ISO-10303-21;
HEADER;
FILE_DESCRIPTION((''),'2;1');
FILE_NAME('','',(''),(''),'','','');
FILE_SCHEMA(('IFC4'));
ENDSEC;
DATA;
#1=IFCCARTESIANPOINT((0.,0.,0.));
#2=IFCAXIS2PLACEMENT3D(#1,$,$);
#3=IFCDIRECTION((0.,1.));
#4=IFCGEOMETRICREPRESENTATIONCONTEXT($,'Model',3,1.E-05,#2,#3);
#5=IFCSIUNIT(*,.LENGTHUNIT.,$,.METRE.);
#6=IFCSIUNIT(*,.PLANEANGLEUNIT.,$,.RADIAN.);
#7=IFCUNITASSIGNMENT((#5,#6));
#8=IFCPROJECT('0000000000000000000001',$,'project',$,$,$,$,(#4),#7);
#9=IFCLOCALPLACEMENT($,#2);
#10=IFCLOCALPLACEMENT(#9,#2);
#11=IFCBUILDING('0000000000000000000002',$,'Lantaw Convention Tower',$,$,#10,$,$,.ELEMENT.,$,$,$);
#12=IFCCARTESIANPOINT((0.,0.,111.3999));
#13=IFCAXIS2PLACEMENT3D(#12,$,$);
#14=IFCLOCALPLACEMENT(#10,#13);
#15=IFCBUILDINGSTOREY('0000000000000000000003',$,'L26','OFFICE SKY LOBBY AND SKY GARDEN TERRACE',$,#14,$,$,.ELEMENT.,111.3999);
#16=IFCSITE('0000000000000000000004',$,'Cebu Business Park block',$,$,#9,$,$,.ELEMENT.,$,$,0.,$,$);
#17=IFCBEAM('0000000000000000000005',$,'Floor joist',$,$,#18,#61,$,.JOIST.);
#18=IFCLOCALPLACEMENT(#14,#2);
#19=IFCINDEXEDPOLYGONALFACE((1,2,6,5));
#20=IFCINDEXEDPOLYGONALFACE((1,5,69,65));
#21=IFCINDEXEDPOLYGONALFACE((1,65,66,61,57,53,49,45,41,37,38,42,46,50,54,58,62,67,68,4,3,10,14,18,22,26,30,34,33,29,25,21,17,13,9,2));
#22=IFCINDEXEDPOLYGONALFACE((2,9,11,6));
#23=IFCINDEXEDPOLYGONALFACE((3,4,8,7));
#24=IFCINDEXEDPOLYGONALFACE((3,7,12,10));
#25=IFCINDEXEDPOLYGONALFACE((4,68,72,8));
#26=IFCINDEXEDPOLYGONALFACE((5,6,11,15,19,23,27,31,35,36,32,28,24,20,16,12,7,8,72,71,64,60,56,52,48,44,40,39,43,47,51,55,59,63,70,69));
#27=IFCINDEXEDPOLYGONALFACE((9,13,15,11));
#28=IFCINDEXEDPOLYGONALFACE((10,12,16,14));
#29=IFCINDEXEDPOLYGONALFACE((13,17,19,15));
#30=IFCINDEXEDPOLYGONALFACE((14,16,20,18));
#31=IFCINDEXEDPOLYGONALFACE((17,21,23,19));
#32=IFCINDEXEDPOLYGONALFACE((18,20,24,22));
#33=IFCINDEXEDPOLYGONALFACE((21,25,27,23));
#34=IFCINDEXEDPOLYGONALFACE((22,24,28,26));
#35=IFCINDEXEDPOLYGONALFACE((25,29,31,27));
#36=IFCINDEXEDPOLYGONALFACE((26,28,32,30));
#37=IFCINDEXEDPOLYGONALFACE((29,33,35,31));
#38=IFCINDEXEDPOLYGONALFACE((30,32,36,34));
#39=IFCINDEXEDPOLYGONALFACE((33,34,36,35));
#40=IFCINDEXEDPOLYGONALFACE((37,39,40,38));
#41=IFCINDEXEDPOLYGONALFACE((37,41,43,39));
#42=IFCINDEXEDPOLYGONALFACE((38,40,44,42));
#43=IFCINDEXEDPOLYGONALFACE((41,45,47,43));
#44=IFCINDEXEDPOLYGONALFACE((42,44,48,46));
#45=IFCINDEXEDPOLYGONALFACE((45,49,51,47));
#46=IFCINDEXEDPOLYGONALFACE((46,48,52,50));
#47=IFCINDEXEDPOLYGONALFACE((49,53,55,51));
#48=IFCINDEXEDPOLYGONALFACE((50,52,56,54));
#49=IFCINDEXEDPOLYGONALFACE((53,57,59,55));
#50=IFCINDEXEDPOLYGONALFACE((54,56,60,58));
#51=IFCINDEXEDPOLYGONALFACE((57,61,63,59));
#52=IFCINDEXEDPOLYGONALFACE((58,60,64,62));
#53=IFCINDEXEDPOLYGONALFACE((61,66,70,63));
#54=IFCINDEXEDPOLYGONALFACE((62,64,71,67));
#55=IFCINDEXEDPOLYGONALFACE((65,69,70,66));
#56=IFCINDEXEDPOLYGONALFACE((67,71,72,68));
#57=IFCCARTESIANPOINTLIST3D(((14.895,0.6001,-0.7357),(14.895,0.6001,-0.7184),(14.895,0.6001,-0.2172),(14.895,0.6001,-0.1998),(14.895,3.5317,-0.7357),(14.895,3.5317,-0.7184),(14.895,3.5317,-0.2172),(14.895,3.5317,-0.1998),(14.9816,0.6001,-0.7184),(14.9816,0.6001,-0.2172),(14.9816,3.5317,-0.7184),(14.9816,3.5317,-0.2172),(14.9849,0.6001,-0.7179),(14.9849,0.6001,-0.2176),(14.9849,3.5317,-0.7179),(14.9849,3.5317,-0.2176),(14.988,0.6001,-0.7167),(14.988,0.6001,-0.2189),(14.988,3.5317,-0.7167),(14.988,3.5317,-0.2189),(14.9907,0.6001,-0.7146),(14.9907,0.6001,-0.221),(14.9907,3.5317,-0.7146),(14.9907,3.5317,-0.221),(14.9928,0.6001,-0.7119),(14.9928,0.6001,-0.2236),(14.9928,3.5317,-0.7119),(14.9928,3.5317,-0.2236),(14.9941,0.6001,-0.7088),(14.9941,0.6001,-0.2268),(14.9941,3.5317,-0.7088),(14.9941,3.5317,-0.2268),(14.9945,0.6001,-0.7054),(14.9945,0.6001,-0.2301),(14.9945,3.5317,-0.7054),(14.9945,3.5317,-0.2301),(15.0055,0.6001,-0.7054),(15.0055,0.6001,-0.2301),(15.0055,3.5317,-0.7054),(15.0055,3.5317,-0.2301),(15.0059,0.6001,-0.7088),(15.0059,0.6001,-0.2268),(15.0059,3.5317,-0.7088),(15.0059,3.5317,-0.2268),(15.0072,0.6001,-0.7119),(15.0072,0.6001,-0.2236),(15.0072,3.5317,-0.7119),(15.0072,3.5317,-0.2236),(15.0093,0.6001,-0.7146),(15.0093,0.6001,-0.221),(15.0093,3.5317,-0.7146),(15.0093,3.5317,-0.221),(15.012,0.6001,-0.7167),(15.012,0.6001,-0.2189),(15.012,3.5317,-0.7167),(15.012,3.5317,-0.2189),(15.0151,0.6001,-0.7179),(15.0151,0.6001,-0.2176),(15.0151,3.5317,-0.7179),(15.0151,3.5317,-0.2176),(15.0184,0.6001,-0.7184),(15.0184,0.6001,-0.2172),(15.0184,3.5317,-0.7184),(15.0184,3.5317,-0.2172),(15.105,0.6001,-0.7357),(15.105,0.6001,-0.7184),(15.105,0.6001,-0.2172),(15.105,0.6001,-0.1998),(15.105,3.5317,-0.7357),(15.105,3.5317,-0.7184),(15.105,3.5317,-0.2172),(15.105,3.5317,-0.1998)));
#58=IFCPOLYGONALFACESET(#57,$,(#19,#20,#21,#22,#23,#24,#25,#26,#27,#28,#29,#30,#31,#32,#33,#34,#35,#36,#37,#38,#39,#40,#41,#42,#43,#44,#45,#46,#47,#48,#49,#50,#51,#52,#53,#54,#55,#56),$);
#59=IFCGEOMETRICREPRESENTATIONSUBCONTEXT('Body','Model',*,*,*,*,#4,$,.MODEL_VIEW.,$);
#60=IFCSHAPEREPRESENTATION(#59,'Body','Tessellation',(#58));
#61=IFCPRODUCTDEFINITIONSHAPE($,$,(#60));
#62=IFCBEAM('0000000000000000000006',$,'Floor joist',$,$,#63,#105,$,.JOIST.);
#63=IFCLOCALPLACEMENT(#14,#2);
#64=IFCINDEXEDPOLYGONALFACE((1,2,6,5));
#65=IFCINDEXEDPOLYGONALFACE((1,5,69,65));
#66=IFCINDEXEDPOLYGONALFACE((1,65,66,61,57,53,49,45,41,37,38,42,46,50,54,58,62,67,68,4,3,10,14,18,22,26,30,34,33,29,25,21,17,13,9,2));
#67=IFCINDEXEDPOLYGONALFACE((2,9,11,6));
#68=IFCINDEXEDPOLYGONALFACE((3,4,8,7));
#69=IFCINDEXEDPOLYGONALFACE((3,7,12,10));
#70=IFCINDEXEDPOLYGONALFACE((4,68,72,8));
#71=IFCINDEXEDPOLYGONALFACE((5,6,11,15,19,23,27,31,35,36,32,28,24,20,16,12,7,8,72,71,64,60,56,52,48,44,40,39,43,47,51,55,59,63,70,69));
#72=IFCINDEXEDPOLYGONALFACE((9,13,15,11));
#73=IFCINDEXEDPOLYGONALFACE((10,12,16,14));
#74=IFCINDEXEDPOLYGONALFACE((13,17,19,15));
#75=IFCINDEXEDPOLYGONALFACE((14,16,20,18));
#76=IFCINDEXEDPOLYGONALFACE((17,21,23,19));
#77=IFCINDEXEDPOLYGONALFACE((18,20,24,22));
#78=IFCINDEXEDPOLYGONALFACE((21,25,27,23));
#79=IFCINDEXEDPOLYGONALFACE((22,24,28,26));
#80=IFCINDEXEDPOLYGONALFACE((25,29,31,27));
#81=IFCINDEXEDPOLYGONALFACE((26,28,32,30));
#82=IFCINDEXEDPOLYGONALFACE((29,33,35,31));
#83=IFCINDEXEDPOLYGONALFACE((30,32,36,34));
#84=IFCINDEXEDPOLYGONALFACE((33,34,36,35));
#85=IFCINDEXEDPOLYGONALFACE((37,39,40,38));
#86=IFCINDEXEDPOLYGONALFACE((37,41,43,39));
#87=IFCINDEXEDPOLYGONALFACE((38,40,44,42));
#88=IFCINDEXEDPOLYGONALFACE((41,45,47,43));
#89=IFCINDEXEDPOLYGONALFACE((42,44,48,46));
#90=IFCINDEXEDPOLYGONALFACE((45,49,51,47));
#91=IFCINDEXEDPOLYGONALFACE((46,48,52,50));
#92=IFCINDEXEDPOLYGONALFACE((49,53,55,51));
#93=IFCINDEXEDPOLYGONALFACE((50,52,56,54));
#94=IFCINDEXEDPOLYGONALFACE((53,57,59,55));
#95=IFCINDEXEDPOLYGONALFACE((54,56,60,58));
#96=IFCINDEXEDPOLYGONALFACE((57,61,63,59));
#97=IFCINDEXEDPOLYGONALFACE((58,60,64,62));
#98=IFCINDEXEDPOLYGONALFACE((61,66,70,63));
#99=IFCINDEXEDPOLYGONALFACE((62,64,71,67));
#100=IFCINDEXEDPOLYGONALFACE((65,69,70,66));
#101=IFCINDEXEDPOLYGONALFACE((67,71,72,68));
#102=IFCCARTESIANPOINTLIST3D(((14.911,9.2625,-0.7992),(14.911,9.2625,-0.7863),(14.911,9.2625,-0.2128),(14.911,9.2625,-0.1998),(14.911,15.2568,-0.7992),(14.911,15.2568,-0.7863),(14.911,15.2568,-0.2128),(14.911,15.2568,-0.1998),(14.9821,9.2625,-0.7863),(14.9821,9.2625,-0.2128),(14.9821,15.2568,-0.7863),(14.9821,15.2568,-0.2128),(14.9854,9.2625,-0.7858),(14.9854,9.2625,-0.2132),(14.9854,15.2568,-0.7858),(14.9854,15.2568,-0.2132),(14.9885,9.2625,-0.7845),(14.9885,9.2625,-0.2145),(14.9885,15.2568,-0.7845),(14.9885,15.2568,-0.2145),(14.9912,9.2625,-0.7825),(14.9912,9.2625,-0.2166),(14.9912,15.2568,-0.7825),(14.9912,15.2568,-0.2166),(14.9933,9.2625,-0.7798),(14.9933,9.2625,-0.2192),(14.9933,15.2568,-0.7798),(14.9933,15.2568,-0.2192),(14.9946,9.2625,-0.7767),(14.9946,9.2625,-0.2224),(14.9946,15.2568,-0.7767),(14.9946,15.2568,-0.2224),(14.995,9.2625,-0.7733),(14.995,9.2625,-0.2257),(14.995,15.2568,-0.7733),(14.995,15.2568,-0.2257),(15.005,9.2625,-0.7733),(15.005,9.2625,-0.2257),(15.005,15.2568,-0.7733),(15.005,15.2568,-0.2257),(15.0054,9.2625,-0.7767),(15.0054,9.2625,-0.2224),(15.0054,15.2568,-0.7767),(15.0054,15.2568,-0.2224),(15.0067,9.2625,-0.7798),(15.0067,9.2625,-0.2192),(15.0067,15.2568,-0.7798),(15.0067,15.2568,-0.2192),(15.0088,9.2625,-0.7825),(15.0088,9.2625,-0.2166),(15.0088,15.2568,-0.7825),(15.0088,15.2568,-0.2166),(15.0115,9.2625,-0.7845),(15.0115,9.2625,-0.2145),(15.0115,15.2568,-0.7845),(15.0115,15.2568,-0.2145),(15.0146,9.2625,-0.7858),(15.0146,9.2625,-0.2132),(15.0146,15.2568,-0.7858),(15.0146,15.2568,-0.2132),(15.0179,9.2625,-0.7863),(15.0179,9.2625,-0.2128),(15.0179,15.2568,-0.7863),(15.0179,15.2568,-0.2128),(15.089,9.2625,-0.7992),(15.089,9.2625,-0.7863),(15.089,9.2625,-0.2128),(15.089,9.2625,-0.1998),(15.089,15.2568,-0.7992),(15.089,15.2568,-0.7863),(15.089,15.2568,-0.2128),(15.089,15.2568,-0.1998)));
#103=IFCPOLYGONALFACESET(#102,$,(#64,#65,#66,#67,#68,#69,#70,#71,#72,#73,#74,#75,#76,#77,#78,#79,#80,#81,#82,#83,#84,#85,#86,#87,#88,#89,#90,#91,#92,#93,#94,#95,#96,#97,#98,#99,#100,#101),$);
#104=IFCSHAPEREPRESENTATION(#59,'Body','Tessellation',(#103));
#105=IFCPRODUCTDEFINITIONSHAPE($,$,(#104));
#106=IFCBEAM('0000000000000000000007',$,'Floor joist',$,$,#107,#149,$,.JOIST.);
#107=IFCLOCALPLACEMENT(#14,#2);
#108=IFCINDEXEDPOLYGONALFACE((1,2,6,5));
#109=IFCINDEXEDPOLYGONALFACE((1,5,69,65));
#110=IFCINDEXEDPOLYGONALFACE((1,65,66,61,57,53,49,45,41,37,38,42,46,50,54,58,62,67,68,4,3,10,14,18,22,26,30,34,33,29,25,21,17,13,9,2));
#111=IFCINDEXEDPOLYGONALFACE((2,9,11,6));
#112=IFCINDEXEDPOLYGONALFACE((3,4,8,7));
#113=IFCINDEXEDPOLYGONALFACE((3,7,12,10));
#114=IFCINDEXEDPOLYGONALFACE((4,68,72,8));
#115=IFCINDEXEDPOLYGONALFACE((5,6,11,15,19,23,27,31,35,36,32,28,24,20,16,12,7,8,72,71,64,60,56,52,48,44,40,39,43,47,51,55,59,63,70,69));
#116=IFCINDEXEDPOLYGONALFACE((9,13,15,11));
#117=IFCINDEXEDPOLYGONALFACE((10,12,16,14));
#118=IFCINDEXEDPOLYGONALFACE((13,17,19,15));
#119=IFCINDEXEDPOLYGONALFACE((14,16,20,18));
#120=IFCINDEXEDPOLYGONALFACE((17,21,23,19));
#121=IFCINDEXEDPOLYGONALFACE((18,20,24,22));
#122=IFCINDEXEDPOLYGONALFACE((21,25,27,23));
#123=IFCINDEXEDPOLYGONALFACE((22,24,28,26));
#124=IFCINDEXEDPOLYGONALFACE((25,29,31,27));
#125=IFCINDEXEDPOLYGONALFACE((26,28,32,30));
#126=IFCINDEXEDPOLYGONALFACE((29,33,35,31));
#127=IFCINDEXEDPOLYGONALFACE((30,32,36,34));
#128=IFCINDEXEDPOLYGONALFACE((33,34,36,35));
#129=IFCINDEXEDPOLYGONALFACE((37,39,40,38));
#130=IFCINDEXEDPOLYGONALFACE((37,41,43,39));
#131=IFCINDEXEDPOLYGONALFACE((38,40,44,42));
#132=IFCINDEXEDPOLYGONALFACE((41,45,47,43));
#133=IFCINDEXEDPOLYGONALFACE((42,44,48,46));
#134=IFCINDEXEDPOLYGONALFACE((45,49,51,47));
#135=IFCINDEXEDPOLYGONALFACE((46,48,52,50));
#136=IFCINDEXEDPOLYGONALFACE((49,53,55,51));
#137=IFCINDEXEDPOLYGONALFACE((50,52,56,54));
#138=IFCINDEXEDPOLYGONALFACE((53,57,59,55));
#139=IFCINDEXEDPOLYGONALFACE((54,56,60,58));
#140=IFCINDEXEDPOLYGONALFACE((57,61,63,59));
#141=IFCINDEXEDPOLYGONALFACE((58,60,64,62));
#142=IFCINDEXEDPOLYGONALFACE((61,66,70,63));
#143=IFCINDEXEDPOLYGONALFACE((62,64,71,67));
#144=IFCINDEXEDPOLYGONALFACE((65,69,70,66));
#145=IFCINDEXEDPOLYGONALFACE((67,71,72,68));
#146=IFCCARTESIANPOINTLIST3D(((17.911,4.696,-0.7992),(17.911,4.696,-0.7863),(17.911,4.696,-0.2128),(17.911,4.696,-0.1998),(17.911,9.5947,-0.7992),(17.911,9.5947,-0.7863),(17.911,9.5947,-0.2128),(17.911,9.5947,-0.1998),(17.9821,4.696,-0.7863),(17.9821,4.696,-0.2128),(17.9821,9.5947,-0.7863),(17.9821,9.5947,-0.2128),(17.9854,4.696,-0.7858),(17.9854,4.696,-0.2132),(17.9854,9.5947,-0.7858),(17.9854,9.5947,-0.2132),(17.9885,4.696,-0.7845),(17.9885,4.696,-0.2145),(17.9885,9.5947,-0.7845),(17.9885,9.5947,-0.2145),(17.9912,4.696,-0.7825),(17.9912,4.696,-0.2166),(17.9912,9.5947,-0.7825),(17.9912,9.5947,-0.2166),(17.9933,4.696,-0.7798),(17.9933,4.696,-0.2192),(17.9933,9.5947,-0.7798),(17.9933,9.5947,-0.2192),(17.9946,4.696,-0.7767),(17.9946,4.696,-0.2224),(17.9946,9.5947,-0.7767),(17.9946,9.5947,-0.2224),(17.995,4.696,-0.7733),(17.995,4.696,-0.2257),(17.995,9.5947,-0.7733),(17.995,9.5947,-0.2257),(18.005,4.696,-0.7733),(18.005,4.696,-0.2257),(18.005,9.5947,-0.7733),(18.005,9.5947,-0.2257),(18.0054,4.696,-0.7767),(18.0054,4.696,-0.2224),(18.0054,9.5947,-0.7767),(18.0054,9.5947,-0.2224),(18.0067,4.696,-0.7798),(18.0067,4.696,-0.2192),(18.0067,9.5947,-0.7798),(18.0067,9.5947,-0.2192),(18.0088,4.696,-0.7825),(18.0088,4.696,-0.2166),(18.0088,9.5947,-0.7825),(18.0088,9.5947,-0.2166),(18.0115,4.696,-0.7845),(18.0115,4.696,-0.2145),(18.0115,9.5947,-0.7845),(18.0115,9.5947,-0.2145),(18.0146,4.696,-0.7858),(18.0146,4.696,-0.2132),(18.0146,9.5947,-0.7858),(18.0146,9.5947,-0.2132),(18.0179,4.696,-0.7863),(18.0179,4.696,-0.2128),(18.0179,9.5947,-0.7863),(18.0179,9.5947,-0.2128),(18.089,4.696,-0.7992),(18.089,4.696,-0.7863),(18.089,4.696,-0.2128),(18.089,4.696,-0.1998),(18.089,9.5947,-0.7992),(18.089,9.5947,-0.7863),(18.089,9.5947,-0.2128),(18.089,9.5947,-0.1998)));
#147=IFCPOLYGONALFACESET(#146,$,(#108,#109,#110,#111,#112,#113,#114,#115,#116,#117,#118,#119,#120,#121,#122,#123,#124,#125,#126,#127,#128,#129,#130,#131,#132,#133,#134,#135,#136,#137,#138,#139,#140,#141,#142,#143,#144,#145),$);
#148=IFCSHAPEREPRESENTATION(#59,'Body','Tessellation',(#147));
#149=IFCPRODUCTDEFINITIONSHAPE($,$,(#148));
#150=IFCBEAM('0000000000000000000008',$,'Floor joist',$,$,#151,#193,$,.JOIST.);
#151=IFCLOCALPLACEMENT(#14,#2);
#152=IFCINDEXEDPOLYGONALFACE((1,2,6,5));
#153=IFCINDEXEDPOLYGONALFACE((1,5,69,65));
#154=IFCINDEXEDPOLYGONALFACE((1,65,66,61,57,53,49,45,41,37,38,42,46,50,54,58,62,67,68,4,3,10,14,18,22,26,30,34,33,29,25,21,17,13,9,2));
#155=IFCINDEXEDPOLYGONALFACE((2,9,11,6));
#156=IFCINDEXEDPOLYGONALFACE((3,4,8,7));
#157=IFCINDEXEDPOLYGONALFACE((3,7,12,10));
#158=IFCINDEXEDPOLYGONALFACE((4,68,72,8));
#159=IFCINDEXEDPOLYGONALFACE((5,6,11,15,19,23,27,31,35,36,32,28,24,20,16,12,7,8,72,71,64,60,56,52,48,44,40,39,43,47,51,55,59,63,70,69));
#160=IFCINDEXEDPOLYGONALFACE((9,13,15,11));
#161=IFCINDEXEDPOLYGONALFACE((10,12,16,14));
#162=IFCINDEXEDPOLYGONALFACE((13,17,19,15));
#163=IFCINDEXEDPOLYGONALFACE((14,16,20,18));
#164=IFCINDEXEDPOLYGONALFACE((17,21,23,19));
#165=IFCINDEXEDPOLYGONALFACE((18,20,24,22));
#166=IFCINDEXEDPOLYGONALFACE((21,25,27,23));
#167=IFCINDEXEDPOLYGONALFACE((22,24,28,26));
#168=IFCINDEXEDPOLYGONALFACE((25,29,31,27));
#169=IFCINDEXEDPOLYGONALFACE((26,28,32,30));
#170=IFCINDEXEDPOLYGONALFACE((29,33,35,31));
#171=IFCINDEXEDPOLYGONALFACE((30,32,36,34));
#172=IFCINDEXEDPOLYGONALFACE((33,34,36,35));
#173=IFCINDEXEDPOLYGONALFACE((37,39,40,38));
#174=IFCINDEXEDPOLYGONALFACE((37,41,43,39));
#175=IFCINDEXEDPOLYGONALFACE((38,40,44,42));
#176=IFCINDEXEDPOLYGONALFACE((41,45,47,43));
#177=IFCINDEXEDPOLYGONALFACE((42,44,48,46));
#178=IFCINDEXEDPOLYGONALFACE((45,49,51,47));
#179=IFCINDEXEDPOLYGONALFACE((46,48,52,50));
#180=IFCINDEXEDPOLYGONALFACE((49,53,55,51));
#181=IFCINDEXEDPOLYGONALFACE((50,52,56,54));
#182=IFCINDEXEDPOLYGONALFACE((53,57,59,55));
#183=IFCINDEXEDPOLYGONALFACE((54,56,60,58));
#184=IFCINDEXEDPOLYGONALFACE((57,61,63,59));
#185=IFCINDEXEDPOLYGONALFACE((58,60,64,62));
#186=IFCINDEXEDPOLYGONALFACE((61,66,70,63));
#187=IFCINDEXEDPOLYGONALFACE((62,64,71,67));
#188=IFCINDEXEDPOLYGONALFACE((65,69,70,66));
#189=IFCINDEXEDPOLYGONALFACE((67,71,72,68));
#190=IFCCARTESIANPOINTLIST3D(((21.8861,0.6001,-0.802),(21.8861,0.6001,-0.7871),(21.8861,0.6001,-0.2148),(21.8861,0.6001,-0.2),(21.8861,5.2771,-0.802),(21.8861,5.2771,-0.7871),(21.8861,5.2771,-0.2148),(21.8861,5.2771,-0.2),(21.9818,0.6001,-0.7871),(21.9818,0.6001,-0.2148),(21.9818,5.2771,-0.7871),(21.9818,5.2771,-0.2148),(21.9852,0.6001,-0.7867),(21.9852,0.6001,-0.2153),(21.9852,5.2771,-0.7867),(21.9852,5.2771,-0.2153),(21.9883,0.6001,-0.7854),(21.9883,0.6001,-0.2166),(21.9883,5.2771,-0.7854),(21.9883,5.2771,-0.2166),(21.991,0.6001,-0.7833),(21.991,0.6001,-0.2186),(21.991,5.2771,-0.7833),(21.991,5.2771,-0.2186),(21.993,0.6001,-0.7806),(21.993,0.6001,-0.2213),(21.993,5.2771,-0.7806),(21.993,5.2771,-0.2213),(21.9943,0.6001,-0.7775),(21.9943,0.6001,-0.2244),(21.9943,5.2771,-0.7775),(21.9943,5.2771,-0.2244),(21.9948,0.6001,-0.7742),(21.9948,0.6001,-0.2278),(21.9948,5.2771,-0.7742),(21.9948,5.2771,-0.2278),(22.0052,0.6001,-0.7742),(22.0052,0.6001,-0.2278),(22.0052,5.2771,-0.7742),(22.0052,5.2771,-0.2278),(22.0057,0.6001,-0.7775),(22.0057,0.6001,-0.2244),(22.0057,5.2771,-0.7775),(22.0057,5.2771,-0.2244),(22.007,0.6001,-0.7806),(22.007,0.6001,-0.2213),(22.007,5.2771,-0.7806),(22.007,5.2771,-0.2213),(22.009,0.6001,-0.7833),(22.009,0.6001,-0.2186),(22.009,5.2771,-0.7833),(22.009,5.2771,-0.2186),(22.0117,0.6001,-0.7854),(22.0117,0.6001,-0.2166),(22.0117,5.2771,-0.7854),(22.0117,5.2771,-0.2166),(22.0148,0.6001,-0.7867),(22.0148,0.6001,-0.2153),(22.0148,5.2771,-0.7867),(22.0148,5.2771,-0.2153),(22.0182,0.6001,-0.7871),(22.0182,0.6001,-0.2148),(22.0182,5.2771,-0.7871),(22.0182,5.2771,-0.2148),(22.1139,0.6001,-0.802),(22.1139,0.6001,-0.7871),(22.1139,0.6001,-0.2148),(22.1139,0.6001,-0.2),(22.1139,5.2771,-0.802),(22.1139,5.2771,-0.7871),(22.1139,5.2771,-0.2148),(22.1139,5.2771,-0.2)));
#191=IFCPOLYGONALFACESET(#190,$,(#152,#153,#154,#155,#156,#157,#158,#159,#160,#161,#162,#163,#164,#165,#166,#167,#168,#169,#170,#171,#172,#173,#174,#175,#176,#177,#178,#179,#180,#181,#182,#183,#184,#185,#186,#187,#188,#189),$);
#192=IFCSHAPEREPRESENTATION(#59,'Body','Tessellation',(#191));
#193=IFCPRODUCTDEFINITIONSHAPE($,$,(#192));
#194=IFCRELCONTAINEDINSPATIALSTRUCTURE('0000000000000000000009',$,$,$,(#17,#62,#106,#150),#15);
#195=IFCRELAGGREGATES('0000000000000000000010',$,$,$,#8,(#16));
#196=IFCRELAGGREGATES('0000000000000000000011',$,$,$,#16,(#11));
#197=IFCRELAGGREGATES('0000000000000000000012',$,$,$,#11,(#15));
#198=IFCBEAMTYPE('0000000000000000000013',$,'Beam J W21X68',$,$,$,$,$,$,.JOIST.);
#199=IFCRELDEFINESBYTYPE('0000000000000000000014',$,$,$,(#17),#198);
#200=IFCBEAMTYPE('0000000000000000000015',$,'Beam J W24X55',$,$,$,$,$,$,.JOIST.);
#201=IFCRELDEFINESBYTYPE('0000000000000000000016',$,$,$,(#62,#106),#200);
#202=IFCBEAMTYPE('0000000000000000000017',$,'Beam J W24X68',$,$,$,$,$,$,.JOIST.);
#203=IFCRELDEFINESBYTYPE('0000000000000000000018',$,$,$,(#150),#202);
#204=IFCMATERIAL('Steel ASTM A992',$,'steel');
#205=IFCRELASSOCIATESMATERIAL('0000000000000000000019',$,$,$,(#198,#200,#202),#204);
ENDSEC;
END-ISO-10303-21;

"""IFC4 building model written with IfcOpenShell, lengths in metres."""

from ifc_helpers import new_model, si_unit, direction, frame, origin, origin_2d, place, context, subcontext, project, spatial, i_section, extrude, material, material_profile, profile_set, type_object, element, save


model = new_model("IFC4")

# Units and contexts
model_context = context("Model", 3, precision=1e-05, world=origin(), true_north=direction((0.0, 1.0)))
body_context = subcontext(model_context, "Body", "Model", "MODEL_VIEW")
ifc_project = project(units=[si_unit("LENGTHUNIT", "METRE"), si_unit("PLANEANGLEUNIT", "RADIAN")], contexts=[model_context])

# Site, building, storey
site_placement = place(None, origin())
site = spatial("IfcSite", under=ifc_project, at=site_placement, Name="Cebu Business Park block", CompositionType="ELEMENT", RefElevation=0.0)
building_placement = place(site_placement, origin())
building = spatial("IfcBuilding", under=site, at=building_placement, Name="Lantaw Convention Tower", CompositionType="ELEMENT")
storey_placement = place(building_placement, frame((0.0, 0.0, 111.3999)))
storey = spatial("IfcBuildingStorey", under=building, at=storey_placement, Name="L26", Description="OFFICE SKY LOBBY AND SKY GARDEN TERRACE", CompositionType="ELEMENT", Elevation=111.3999)

# Beams
ifc_material_1 = material(Name="Steel ASTM A992", Category="steel")
ifc_material_profile_1 = material_profile(ifc_material_1, i_section(OverallWidth=0.21, OverallDepth=0.5359, WebThickness=0.011, FlangeThickness=0.0173, FilletRadius=0.0129, at=origin_2d()), Name="W21X68")
ifc_profile_set_1 = profile_set([ifc_material_profile_1], Name="Steel ASTM A992")
beam_type_1 = type_object("IfcBeamType", Name="Beam J W21X68", PredefinedType="JOIST", material=ifc_profile_set_1)
beam_1_placement = place(storey_placement, frame((15.0, 0.6001, -0.4678), z_axis=(0.0, 1.0, 0.0), x_axis=(-1.0, 0.0, 0.0)))
element("IfcBeam", 1, at=beam_1_placement, inside=storey, type_object=beam_type_1, Name="Floor joist", PredefinedType="JOIST", context=body_context, shape_type="SweptSolid", body=[
    extrude(i_section(OverallWidth=0.21, OverallDepth=0.5359, WebThickness=0.011, FlangeThickness=0.0173, FilletRadius=0.0129, at=origin_2d()), origin(), (0.0, 0.0, 1.0), 2.9316),
])
ifc_material_profile_2 = material_profile(ifc_material_1, i_section(OverallWidth=0.178, OverallDepth=0.5994, WebThickness=0.01, FlangeThickness=0.0129, FilletRadius=0.0129, at=origin_2d()), Name="W24X55")
ifc_profile_set_2 = profile_set([ifc_material_profile_2], Name="Steel ASTM A992")
beam_type_2 = type_object("IfcBeamType", Name="Beam J W24X55", PredefinedType="JOIST", material=ifc_profile_set_2)
beam_2_placement = place(storey_placement, frame((15.0, 9.2625, -0.4995), z_axis=(0.0, 1.0, 0.0), x_axis=(-1.0, 0.0, 0.0)))
element("IfcBeam", 2, at=beam_2_placement, inside=storey, type_object=beam_type_2, Name="Floor joist", PredefinedType="JOIST", context=body_context, shape_type="SweptSolid", body=[
    extrude(i_section(OverallWidth=0.178, OverallDepth=0.5994, WebThickness=0.01, FlangeThickness=0.0129, FilletRadius=0.0129, at=origin_2d()), origin(), (0.0, 0.0, 1.0), 5.9944),
])
beam_3_placement = place(storey_placement, frame((18.0, 4.696, -0.4995), z_axis=(0.0, 1.0, 0.0), x_axis=(-1.0, 0.0, 0.0)))
element("IfcBeam", 3, at=beam_3_placement, inside=storey, type_object=beam_type_2, Name="Floor joist", PredefinedType="JOIST", context=body_context, shape_type="SweptSolid", body=[
    extrude(i_section(OverallWidth=0.178, OverallDepth=0.5994, WebThickness=0.01, FlangeThickness=0.0129, FilletRadius=0.0129, at=origin_2d()), origin(), (0.0, 0.0, 1.0), 4.8987),
])
ifc_material_profile_3 = material_profile(ifc_material_1, i_section(OverallWidth=0.2278, OverallDepth=0.6021, WebThickness=0.0105, FlangeThickness=0.0149, FilletRadius=0.0129, at=origin_2d()), Name="W24X68")
ifc_profile_set_3 = profile_set([ifc_material_profile_3], Name="Steel ASTM A992")
beam_type_3 = type_object("IfcBeamType", Name="Beam J W24X68", PredefinedType="JOIST", material=ifc_profile_set_3)
beam_4_placement = place(storey_placement, frame((22.0, 0.6001, -0.501), z_axis=(0.0, 1.0, 0.0), x_axis=(-1.0, 0.0, 0.0)))
element("IfcBeam", 4, at=beam_4_placement, inside=storey, type_object=beam_type_3, Name="Floor joist", PredefinedType="JOIST", context=body_context, shape_type="SweptSolid", body=[
    extrude(i_section(OverallWidth=0.2278, OverallDepth=0.6021, WebThickness=0.0105, FlangeThickness=0.0149, FilletRadius=0.0129, at=origin_2d()), origin(), (0.0, 0.0, 1.0), 4.677),
])

save(model, "model.ifc")
